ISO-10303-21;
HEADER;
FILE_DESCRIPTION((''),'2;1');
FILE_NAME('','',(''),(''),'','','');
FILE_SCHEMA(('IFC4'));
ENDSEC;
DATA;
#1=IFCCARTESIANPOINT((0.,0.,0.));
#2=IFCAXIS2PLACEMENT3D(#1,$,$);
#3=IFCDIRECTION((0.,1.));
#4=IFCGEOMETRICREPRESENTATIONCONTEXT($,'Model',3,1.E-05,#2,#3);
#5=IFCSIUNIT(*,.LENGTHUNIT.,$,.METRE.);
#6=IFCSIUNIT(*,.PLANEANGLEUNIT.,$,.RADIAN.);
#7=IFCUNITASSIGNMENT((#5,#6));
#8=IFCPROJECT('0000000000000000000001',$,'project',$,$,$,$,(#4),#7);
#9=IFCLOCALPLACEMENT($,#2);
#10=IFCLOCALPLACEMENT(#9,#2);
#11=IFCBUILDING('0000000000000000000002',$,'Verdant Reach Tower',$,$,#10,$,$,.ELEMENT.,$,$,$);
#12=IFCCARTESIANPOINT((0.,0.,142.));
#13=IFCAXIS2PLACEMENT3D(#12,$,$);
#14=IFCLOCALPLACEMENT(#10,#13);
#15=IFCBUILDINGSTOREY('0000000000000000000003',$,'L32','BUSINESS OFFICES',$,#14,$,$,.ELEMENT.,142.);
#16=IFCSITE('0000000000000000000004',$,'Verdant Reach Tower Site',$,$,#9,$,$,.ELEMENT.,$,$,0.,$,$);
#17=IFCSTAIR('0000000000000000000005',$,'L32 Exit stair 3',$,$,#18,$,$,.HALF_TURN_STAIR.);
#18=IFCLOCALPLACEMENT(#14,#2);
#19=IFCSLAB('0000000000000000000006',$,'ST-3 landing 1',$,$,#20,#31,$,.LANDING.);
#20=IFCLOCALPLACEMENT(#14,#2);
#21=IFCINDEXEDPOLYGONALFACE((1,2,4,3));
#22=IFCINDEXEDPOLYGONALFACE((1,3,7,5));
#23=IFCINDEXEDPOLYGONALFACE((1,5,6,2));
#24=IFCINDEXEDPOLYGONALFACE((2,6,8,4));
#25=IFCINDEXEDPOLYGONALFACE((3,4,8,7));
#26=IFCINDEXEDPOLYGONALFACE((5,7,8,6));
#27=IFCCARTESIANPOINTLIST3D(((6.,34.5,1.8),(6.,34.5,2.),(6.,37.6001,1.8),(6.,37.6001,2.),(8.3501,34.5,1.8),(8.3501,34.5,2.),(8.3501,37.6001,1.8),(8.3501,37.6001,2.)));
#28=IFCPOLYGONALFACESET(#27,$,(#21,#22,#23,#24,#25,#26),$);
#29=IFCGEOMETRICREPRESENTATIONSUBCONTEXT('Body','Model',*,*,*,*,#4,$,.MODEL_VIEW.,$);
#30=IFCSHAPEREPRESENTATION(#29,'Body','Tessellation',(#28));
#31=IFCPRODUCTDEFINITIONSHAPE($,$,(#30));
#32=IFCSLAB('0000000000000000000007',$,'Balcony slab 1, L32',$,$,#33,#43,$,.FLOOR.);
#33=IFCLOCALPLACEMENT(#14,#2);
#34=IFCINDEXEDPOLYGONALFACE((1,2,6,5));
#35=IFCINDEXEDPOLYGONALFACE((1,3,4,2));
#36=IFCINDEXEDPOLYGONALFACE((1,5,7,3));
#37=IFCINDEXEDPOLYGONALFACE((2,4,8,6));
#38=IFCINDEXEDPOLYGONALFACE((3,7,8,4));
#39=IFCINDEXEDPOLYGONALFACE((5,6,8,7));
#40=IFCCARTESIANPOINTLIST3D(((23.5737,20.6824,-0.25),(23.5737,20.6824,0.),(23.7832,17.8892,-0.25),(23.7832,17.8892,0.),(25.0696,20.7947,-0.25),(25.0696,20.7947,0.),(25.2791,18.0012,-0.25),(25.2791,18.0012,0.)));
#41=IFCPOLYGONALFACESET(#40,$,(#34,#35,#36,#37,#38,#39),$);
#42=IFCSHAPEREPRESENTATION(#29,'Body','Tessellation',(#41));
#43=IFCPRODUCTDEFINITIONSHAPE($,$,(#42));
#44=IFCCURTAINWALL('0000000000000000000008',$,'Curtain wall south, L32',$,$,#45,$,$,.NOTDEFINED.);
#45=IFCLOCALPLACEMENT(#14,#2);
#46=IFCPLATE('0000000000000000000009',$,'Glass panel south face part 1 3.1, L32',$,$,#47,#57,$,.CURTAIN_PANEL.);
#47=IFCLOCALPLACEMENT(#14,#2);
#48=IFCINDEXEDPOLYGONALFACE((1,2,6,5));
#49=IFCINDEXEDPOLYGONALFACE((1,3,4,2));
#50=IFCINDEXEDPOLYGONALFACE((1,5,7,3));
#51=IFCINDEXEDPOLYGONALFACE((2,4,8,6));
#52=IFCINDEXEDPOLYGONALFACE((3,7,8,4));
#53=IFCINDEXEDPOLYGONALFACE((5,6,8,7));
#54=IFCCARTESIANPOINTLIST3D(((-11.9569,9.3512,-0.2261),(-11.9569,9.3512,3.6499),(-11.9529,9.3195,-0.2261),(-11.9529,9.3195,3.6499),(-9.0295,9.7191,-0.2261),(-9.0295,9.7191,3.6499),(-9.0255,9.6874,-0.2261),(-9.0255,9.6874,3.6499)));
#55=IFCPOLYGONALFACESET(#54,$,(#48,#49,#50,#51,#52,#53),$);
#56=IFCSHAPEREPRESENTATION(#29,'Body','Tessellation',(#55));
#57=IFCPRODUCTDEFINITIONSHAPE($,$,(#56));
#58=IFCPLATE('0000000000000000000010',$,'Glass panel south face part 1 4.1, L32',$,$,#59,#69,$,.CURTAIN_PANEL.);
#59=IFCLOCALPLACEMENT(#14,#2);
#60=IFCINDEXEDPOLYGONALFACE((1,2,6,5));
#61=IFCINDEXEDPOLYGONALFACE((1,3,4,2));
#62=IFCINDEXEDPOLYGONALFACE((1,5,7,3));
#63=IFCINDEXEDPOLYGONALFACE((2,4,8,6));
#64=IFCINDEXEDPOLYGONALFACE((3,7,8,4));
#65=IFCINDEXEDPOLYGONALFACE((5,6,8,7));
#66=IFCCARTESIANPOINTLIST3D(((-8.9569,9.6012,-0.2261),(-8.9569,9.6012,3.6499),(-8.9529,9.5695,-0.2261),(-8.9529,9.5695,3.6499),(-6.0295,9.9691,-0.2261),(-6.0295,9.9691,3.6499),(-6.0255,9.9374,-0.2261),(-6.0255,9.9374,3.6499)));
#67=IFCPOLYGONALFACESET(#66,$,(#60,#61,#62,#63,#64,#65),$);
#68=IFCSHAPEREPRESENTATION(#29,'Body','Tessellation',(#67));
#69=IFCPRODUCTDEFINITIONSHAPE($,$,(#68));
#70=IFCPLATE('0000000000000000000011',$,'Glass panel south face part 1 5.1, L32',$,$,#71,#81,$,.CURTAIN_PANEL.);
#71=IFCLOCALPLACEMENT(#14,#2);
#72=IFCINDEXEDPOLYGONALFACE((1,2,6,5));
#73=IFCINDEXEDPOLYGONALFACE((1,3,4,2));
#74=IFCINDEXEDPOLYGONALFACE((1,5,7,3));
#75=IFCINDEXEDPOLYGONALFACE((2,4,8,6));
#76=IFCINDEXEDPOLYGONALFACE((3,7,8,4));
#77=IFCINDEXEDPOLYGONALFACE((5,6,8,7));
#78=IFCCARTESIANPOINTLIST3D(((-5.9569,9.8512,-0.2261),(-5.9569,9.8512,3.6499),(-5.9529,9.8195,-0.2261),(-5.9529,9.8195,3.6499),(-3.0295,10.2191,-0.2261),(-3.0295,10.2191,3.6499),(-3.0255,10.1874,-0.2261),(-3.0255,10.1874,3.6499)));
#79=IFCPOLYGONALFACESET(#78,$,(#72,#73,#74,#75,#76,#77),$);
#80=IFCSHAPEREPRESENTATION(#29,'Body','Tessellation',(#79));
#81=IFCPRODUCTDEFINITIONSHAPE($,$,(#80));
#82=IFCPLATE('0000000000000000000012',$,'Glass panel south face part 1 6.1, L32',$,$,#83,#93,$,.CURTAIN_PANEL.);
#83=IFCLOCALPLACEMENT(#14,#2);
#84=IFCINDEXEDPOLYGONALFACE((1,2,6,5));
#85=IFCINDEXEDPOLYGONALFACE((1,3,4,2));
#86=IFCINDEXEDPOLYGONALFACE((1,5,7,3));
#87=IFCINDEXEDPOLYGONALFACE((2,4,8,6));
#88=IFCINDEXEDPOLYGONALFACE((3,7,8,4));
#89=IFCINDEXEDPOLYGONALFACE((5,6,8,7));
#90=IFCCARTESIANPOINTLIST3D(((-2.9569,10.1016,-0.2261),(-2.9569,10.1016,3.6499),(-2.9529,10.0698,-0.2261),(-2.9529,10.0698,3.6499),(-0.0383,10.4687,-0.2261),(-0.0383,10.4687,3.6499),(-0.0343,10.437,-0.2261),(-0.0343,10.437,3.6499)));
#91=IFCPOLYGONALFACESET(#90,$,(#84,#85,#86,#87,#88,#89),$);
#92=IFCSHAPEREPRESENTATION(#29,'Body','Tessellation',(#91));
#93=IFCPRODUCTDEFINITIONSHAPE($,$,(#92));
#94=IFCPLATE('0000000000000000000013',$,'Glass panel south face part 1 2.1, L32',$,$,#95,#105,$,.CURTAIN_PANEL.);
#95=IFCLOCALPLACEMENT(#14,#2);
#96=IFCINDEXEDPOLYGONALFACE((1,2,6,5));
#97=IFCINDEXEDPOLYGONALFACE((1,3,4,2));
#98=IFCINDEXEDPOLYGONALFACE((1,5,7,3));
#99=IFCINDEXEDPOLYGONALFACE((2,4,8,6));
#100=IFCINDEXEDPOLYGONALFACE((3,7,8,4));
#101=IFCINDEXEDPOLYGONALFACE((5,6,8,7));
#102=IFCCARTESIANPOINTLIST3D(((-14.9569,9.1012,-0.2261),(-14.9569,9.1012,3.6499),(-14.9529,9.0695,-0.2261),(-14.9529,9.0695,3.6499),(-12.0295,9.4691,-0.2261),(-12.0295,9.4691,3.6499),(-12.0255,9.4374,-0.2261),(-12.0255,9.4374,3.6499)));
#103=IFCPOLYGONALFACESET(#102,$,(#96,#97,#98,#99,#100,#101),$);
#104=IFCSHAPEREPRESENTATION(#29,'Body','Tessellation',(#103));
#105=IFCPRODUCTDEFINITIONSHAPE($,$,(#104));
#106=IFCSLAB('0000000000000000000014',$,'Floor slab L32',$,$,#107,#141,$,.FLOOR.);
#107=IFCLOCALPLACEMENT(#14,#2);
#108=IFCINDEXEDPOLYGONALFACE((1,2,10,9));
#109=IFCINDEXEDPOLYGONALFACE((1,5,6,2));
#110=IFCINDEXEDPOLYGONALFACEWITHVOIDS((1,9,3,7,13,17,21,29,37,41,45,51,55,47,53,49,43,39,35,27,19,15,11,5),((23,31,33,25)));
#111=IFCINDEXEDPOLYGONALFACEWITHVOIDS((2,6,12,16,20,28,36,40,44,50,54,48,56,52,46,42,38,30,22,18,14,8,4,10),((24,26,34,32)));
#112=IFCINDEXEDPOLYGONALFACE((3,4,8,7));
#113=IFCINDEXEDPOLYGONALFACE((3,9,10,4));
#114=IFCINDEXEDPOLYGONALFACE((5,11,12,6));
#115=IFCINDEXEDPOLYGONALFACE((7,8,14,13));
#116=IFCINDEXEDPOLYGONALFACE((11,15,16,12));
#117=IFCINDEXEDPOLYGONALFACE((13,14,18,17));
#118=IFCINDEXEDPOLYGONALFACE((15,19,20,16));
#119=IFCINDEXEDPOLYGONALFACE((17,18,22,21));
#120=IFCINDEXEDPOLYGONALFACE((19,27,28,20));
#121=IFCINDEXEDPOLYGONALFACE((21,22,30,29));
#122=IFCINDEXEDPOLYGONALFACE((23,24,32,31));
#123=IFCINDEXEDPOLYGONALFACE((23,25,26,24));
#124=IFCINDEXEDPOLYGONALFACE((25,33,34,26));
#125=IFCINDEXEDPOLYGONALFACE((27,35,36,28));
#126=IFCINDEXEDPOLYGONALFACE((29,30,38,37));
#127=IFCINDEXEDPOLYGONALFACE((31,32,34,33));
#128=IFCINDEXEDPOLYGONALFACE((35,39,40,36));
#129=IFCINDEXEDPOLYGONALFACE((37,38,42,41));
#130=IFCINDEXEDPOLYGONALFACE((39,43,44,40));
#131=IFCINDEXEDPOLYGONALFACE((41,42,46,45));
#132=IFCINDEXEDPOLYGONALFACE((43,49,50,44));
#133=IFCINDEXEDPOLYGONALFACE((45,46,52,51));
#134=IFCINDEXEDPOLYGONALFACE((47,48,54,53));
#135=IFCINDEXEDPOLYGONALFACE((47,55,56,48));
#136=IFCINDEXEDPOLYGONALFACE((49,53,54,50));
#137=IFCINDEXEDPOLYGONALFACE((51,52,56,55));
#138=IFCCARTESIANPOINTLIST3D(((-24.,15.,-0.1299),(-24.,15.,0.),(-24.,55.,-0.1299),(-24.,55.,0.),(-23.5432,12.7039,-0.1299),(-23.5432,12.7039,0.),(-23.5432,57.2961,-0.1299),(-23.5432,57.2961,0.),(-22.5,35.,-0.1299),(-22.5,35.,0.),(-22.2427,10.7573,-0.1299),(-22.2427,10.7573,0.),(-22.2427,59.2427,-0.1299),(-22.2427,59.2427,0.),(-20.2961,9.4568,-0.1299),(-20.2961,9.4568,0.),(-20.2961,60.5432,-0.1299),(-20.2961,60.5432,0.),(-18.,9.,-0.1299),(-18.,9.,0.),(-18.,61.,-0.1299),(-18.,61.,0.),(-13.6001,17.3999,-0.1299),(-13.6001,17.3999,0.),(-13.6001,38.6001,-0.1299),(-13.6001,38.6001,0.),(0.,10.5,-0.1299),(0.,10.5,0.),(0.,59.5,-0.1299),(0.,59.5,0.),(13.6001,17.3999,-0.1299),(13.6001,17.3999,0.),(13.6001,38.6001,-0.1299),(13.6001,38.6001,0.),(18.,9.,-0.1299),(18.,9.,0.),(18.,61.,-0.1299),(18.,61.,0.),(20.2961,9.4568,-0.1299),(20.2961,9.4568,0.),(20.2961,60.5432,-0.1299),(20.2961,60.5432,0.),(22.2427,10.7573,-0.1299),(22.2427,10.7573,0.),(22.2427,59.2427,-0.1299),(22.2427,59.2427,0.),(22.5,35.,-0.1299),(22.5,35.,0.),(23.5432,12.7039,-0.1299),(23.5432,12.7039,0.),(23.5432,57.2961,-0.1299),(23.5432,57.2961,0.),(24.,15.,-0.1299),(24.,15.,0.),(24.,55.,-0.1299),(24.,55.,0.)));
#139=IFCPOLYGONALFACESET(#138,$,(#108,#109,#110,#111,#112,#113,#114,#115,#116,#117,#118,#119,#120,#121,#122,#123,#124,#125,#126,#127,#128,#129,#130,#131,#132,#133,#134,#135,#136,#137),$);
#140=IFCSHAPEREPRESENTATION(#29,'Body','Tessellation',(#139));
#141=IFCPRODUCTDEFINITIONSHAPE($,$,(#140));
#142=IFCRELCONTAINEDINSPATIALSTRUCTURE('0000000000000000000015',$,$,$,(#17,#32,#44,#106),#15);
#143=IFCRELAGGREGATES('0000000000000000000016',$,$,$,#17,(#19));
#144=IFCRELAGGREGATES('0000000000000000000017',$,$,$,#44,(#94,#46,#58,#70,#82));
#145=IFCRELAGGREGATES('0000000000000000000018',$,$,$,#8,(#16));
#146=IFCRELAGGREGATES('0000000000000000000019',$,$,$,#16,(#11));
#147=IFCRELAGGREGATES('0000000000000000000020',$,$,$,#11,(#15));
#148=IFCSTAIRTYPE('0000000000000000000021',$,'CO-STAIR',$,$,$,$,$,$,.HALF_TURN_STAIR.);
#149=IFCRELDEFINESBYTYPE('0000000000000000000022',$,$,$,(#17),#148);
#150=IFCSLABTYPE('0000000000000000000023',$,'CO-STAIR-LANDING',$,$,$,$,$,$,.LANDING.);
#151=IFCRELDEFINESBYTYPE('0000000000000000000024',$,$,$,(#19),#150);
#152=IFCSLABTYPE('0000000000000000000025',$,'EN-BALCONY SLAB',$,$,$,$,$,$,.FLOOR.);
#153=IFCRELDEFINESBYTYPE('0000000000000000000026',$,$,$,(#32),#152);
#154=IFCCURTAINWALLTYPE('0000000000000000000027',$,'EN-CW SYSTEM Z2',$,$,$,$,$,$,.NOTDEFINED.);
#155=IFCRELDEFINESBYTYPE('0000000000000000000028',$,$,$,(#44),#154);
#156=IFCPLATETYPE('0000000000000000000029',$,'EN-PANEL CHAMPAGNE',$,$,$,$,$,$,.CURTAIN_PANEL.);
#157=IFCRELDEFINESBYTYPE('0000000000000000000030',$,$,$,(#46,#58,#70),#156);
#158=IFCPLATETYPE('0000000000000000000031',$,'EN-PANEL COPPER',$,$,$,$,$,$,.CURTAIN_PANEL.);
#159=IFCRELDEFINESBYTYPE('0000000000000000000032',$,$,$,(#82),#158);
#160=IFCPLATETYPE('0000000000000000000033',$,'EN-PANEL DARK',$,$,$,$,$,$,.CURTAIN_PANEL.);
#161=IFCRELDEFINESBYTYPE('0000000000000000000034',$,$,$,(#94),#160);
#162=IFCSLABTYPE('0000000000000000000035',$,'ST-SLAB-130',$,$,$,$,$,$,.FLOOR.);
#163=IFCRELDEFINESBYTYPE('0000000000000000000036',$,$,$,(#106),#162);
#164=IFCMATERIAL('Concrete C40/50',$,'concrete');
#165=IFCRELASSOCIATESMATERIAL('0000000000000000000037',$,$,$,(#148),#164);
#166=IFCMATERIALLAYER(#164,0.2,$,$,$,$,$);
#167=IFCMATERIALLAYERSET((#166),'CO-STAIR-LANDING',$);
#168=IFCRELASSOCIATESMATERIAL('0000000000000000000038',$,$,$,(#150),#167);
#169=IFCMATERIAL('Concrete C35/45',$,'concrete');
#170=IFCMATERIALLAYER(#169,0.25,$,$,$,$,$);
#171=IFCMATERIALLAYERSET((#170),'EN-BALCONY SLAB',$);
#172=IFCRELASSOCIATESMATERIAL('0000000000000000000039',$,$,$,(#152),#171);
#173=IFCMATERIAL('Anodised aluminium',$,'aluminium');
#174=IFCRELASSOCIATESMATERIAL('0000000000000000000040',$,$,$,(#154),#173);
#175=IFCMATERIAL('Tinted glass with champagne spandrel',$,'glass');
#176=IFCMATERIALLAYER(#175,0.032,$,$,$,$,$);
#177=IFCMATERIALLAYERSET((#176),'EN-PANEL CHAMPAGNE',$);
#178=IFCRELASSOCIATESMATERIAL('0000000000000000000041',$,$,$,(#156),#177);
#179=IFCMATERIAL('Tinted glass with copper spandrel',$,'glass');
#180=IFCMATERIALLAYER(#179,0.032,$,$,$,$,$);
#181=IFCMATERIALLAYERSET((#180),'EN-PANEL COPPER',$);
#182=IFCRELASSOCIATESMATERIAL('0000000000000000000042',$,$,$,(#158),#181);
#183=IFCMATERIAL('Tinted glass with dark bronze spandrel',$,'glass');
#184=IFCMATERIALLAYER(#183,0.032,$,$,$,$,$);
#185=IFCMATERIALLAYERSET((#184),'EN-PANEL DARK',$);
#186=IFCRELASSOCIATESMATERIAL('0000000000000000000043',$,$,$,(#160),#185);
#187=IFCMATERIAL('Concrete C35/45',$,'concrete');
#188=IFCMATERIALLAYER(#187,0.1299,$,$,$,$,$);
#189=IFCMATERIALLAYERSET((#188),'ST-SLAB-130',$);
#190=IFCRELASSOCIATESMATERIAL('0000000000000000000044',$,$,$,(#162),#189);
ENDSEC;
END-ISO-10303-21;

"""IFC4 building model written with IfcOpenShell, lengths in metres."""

from ifc_helpers import new_model, si_unit, direction, frame, origin, origin_2d, place, context, subcontext, project, spatial, polyline, rectangle, outline, extrude, material, layer, layer_set, type_object, element, aggregate, save


model = new_model("IFC4")

# Units and contexts
model_context = context("Model", 3, precision=1e-05, world=origin(), true_north=direction((0.0, 1.0)))
body_context = subcontext(model_context, "Body", "Model", "MODEL_VIEW")
ifc_project = project(units=[si_unit("LENGTHUNIT", "METRE"), si_unit("PLANEANGLEUNIT", "RADIAN")], contexts=[model_context])

# Site, building, storey
site_placement = place(None, origin())
site = spatial("IfcSite", under=ifc_project, at=site_placement, Name="Verdant Reach Tower Site", CompositionType="ELEMENT", RefElevation=0.0)
building_placement = place(site_placement, origin())
building = spatial("IfcBuilding", under=site, at=building_placement, Name="Verdant Reach Tower", CompositionType="ELEMENT")
storey_placement = place(building_placement, frame((0.0, 0.0, 142.0)))
storey = spatial("IfcBuildingStorey", under=building, at=storey_placement, Name="L32", Description="BUSINESS OFFICES", CompositionType="ELEMENT", Elevation=142.0)

# Stair, slab
ifc_material_1 = material(Name="Concrete C40/50", Category="concrete")
stair_type = type_object("IfcStairType", Name="CO-STAIR", PredefinedType="HALF_TURN_STAIR", material=ifc_material_1)
ifc_layer_1 = layer(ifc_material_1, 0.2)
ifc_layer_set_1 = layer_set([ifc_layer_1], Name="CO-STAIR-LANDING")
slab_type_1 = type_object("IfcSlabType", Name="CO-STAIR-LANDING", PredefinedType="LANDING", material=ifc_layer_set_1)
stair_1_placement = place(storey_placement, origin())
stair_1 = element("IfcStair", 1, at=stair_1_placement, inside=storey, type_object=stair_type, Name="L32 Exit stair 3", PredefinedType="HALF_TURN_STAIR")
slab_1_placement = place(storey_placement, frame((0.0, 0.0, 1.8)))
slab_1 = element("IfcSlab", 2, at=slab_1_placement, type_object=slab_type_1, Name="ST-3 landing 1", PredefinedType="LANDING", context=body_context, shape_type="SweptSolid", body=[
    extrude(outline(polyline([(8.3501, 37.6001), (6.0, 37.6001), (6.0, 34.5), (8.3501, 34.5), (8.3501, 37.6001)])), origin(), (0.0, 0.0, 1.0), 0.2),
])
aggregate(stair_1, [slab_1])

# Slab
ifc_material_2 = material(Name="Concrete C35/45", Category="concrete")
ifc_layer_2 = layer(ifc_material_2, 0.25)
ifc_layer_set_2 = layer_set([ifc_layer_2], Name="EN-BALCONY SLAB")
slab_type_2 = type_object("IfcSlabType", Name="EN-BALCONY SLAB", PredefinedType="FLOOR", material=ifc_layer_set_2)
slab_2_placement = place(storey_placement, frame((0.0, 0.0, -0.25)))
element("IfcSlab", 3, at=slab_2_placement, inside=storey, type_object=slab_type_2, Name="Balcony slab 1, L32", PredefinedType="FLOOR", context=body_context, shape_type="SweptSolid", body=[
    extrude(outline(polyline([(23.7832, 17.8892), (23.5737, 20.6824), (25.0696, 20.7947), (25.2791, 18.0012), (23.7832, 17.8892)])), origin(), (0.0, 0.0, 1.0), 0.25),
])

# Curtain wall, plates
ifc_material_3 = material(Name="Anodised aluminium", Category="aluminium")
curtain_wall_type = type_object("IfcCurtainWallType", Name="EN-CW SYSTEM Z2", PredefinedType="NOTDEFINED", material=ifc_material_3)
curtain_wall_placement = place(storey_placement, origin())
curtain_wall = element("IfcCurtainWall", 4, at=curtain_wall_placement, inside=storey, type_object=curtain_wall_type, Name="Curtain wall south, L32", PredefinedType="NOTDEFINED")
ifc_material_4 = material(Name="Tinted glass with champagne spandrel", Category="glass")
ifc_layer_3 = layer(ifc_material_4, 0.032)
ifc_layer_set_3 = layer_set([ifc_layer_3], Name="EN-PANEL CHAMPAGNE")
plate_type_1 = type_object("IfcPlateType", Name="EN-PANEL CHAMPAGNE", PredefinedType="CURTAIN_PANEL", material=ifc_layer_set_3)
plate_1_placement = place(storey_placement, frame((-10.4912, 9.5193, -0.2261), z_axis=(0.0, 0.0, 1.0), x_axis=(0.992194, 0.124704, 0.0)))
plate_1 = element("IfcPlate", 5, at=plate_1_placement, type_object=plate_type_1, Name="Glass panel south face part 1 3.1, L32", PredefinedType="CURTAIN_PANEL", context=body_context, shape_type="SweptSolid", body=[
    extrude(rectangle(XDim=2.9504, YDim=0.032, at=origin_2d()), origin(), (0.0, 0.0, 1.0), 3.876),
])
plate_2_placement = place(storey_placement, frame((-7.4912, 9.7693, -0.2261), z_axis=(0.0, 0.0, 1.0), x_axis=(0.992194, 0.124704, 0.0)))
plate_2 = element("IfcPlate", 6, at=plate_2_placement, type_object=plate_type_1, Name="Glass panel south face part 1 4.1, L32", PredefinedType="CURTAIN_PANEL", context=body_context, shape_type="SweptSolid", body=[
    extrude(rectangle(XDim=2.9504, YDim=0.032, at=origin_2d()), origin(), (0.0, 0.0, 1.0), 3.876),
])
plate_3_placement = place(storey_placement, frame((-4.4912, 10.0193, -0.2261), z_axis=(0.0, 0.0, 1.0), x_axis=(0.992194, 0.124704, 0.0)))
plate_3 = element("IfcPlate", 7, at=plate_3_placement, type_object=plate_type_1, Name="Glass panel south face part 1 5.1, L32", PredefinedType="CURTAIN_PANEL", context=body_context, shape_type="SweptSolid", body=[
    extrude(rectangle(XDim=2.9504, YDim=0.032, at=origin_2d()), origin(), (0.0, 0.0, 1.0), 3.876),
])
ifc_material_5 = material(Name="Tinted glass with copper spandrel", Category="glass")
ifc_layer_4 = layer(ifc_material_5, 0.032)
ifc_layer_set_4 = layer_set([ifc_layer_4], Name="EN-PANEL COPPER")
plate_type_2 = type_object("IfcPlateType", Name="EN-PANEL COPPER", PredefinedType="CURTAIN_PANEL", material=ifc_layer_set_4)
plate_4_placement = place(storey_placement, frame((-1.4956, 10.2693, -0.2261), z_axis=(0.0, 0.0, 1.0), x_axis=(0.992179, 0.124825, 0.0)))
plate_4 = element("IfcPlate", 8, at=plate_4_placement, type_object=plate_type_2, Name="Glass panel south face part 1 6.1, L32", PredefinedType="CURTAIN_PANEL", context=body_context, shape_type="SweptSolid", body=[
    extrude(rectangle(XDim=2.9417, YDim=0.032, at=origin_2d()), origin(), (0.0, 0.0, 1.0), 3.876),
])
ifc_material_6 = material(Name="Tinted glass with dark bronze spandrel", Category="glass")
ifc_layer_5 = layer(ifc_material_6, 0.032)
ifc_layer_set_5 = layer_set([ifc_layer_5], Name="EN-PANEL DARK")
plate_type_3 = type_object("IfcPlateType", Name="EN-PANEL DARK", PredefinedType="CURTAIN_PANEL", material=ifc_layer_set_5)
plate_5_placement = place(storey_placement, frame((-13.4912, 9.2693, -0.2261), z_axis=(0.0, 0.0, 1.0), x_axis=(0.992194, 0.124704, 0.0)))
plate_5 = element("IfcPlate", 9, at=plate_5_placement, type_object=plate_type_3, Name="Glass panel south face part 1 2.1, L32", PredefinedType="CURTAIN_PANEL", context=body_context, shape_type="SweptSolid", body=[
    extrude(rectangle(XDim=2.9504, YDim=0.032, at=origin_2d()), origin(), (0.0, 0.0, 1.0), 3.876),
])
aggregate(curtain_wall, [plate_5, plate_1, plate_2, plate_3, plate_4])

# Slab
ifc_material_7 = material(Name="Concrete C35/45", Category="concrete")
ifc_layer_6 = layer(ifc_material_7, 0.1299)
ifc_layer_set_6 = layer_set([ifc_layer_6], Name="ST-SLAB-130")
slab_type_3 = type_object("IfcSlabType", Name="ST-SLAB-130", PredefinedType="FLOOR", material=ifc_layer_set_6)
slab_3_placement = place(storey_placement, frame((0.0, 0.0, -0.1299)))
element("IfcSlab", 10, at=slab_3_placement, inside=storey, type_object=slab_type_3, Name="Floor slab L32", PredefinedType="FLOOR", context=body_context, shape_type="SweptSolid", body=[
    extrude(outline(polyline([(0.0, 10.5), (-18.0, 9.0), (-20.2961, 9.4568), (-22.2427, 10.7573), (-23.5432, 12.7039), (-24.0, 15.0), (-22.5, 35.0), (-24.0, 55.0), (-23.5432, 57.2961), (-22.2427, 59.2427), (-20.2961, 60.5432), (-18.0, 61.0), (0.0, 59.5), (18.0, 61.0), (20.2961, 60.5432), (22.2427, 59.2427), (23.5432, 57.2961), (24.0, 55.0), (22.5, 35.0), (24.0, 15.0), (23.5432, 12.7039), (22.2427, 10.7573), (20.2961, 9.4568), (18.0, 9.0), (0.0, 10.5)]), holes=[polyline([(13.6001, 38.6001), (-13.6001, 38.6001), (-13.6001, 17.3999), (13.6001, 17.3999), (13.6001, 38.6001)])]), origin(), (0.0, 0.0, 1.0), 0.1299),
])

save(model, "model.ifc")
